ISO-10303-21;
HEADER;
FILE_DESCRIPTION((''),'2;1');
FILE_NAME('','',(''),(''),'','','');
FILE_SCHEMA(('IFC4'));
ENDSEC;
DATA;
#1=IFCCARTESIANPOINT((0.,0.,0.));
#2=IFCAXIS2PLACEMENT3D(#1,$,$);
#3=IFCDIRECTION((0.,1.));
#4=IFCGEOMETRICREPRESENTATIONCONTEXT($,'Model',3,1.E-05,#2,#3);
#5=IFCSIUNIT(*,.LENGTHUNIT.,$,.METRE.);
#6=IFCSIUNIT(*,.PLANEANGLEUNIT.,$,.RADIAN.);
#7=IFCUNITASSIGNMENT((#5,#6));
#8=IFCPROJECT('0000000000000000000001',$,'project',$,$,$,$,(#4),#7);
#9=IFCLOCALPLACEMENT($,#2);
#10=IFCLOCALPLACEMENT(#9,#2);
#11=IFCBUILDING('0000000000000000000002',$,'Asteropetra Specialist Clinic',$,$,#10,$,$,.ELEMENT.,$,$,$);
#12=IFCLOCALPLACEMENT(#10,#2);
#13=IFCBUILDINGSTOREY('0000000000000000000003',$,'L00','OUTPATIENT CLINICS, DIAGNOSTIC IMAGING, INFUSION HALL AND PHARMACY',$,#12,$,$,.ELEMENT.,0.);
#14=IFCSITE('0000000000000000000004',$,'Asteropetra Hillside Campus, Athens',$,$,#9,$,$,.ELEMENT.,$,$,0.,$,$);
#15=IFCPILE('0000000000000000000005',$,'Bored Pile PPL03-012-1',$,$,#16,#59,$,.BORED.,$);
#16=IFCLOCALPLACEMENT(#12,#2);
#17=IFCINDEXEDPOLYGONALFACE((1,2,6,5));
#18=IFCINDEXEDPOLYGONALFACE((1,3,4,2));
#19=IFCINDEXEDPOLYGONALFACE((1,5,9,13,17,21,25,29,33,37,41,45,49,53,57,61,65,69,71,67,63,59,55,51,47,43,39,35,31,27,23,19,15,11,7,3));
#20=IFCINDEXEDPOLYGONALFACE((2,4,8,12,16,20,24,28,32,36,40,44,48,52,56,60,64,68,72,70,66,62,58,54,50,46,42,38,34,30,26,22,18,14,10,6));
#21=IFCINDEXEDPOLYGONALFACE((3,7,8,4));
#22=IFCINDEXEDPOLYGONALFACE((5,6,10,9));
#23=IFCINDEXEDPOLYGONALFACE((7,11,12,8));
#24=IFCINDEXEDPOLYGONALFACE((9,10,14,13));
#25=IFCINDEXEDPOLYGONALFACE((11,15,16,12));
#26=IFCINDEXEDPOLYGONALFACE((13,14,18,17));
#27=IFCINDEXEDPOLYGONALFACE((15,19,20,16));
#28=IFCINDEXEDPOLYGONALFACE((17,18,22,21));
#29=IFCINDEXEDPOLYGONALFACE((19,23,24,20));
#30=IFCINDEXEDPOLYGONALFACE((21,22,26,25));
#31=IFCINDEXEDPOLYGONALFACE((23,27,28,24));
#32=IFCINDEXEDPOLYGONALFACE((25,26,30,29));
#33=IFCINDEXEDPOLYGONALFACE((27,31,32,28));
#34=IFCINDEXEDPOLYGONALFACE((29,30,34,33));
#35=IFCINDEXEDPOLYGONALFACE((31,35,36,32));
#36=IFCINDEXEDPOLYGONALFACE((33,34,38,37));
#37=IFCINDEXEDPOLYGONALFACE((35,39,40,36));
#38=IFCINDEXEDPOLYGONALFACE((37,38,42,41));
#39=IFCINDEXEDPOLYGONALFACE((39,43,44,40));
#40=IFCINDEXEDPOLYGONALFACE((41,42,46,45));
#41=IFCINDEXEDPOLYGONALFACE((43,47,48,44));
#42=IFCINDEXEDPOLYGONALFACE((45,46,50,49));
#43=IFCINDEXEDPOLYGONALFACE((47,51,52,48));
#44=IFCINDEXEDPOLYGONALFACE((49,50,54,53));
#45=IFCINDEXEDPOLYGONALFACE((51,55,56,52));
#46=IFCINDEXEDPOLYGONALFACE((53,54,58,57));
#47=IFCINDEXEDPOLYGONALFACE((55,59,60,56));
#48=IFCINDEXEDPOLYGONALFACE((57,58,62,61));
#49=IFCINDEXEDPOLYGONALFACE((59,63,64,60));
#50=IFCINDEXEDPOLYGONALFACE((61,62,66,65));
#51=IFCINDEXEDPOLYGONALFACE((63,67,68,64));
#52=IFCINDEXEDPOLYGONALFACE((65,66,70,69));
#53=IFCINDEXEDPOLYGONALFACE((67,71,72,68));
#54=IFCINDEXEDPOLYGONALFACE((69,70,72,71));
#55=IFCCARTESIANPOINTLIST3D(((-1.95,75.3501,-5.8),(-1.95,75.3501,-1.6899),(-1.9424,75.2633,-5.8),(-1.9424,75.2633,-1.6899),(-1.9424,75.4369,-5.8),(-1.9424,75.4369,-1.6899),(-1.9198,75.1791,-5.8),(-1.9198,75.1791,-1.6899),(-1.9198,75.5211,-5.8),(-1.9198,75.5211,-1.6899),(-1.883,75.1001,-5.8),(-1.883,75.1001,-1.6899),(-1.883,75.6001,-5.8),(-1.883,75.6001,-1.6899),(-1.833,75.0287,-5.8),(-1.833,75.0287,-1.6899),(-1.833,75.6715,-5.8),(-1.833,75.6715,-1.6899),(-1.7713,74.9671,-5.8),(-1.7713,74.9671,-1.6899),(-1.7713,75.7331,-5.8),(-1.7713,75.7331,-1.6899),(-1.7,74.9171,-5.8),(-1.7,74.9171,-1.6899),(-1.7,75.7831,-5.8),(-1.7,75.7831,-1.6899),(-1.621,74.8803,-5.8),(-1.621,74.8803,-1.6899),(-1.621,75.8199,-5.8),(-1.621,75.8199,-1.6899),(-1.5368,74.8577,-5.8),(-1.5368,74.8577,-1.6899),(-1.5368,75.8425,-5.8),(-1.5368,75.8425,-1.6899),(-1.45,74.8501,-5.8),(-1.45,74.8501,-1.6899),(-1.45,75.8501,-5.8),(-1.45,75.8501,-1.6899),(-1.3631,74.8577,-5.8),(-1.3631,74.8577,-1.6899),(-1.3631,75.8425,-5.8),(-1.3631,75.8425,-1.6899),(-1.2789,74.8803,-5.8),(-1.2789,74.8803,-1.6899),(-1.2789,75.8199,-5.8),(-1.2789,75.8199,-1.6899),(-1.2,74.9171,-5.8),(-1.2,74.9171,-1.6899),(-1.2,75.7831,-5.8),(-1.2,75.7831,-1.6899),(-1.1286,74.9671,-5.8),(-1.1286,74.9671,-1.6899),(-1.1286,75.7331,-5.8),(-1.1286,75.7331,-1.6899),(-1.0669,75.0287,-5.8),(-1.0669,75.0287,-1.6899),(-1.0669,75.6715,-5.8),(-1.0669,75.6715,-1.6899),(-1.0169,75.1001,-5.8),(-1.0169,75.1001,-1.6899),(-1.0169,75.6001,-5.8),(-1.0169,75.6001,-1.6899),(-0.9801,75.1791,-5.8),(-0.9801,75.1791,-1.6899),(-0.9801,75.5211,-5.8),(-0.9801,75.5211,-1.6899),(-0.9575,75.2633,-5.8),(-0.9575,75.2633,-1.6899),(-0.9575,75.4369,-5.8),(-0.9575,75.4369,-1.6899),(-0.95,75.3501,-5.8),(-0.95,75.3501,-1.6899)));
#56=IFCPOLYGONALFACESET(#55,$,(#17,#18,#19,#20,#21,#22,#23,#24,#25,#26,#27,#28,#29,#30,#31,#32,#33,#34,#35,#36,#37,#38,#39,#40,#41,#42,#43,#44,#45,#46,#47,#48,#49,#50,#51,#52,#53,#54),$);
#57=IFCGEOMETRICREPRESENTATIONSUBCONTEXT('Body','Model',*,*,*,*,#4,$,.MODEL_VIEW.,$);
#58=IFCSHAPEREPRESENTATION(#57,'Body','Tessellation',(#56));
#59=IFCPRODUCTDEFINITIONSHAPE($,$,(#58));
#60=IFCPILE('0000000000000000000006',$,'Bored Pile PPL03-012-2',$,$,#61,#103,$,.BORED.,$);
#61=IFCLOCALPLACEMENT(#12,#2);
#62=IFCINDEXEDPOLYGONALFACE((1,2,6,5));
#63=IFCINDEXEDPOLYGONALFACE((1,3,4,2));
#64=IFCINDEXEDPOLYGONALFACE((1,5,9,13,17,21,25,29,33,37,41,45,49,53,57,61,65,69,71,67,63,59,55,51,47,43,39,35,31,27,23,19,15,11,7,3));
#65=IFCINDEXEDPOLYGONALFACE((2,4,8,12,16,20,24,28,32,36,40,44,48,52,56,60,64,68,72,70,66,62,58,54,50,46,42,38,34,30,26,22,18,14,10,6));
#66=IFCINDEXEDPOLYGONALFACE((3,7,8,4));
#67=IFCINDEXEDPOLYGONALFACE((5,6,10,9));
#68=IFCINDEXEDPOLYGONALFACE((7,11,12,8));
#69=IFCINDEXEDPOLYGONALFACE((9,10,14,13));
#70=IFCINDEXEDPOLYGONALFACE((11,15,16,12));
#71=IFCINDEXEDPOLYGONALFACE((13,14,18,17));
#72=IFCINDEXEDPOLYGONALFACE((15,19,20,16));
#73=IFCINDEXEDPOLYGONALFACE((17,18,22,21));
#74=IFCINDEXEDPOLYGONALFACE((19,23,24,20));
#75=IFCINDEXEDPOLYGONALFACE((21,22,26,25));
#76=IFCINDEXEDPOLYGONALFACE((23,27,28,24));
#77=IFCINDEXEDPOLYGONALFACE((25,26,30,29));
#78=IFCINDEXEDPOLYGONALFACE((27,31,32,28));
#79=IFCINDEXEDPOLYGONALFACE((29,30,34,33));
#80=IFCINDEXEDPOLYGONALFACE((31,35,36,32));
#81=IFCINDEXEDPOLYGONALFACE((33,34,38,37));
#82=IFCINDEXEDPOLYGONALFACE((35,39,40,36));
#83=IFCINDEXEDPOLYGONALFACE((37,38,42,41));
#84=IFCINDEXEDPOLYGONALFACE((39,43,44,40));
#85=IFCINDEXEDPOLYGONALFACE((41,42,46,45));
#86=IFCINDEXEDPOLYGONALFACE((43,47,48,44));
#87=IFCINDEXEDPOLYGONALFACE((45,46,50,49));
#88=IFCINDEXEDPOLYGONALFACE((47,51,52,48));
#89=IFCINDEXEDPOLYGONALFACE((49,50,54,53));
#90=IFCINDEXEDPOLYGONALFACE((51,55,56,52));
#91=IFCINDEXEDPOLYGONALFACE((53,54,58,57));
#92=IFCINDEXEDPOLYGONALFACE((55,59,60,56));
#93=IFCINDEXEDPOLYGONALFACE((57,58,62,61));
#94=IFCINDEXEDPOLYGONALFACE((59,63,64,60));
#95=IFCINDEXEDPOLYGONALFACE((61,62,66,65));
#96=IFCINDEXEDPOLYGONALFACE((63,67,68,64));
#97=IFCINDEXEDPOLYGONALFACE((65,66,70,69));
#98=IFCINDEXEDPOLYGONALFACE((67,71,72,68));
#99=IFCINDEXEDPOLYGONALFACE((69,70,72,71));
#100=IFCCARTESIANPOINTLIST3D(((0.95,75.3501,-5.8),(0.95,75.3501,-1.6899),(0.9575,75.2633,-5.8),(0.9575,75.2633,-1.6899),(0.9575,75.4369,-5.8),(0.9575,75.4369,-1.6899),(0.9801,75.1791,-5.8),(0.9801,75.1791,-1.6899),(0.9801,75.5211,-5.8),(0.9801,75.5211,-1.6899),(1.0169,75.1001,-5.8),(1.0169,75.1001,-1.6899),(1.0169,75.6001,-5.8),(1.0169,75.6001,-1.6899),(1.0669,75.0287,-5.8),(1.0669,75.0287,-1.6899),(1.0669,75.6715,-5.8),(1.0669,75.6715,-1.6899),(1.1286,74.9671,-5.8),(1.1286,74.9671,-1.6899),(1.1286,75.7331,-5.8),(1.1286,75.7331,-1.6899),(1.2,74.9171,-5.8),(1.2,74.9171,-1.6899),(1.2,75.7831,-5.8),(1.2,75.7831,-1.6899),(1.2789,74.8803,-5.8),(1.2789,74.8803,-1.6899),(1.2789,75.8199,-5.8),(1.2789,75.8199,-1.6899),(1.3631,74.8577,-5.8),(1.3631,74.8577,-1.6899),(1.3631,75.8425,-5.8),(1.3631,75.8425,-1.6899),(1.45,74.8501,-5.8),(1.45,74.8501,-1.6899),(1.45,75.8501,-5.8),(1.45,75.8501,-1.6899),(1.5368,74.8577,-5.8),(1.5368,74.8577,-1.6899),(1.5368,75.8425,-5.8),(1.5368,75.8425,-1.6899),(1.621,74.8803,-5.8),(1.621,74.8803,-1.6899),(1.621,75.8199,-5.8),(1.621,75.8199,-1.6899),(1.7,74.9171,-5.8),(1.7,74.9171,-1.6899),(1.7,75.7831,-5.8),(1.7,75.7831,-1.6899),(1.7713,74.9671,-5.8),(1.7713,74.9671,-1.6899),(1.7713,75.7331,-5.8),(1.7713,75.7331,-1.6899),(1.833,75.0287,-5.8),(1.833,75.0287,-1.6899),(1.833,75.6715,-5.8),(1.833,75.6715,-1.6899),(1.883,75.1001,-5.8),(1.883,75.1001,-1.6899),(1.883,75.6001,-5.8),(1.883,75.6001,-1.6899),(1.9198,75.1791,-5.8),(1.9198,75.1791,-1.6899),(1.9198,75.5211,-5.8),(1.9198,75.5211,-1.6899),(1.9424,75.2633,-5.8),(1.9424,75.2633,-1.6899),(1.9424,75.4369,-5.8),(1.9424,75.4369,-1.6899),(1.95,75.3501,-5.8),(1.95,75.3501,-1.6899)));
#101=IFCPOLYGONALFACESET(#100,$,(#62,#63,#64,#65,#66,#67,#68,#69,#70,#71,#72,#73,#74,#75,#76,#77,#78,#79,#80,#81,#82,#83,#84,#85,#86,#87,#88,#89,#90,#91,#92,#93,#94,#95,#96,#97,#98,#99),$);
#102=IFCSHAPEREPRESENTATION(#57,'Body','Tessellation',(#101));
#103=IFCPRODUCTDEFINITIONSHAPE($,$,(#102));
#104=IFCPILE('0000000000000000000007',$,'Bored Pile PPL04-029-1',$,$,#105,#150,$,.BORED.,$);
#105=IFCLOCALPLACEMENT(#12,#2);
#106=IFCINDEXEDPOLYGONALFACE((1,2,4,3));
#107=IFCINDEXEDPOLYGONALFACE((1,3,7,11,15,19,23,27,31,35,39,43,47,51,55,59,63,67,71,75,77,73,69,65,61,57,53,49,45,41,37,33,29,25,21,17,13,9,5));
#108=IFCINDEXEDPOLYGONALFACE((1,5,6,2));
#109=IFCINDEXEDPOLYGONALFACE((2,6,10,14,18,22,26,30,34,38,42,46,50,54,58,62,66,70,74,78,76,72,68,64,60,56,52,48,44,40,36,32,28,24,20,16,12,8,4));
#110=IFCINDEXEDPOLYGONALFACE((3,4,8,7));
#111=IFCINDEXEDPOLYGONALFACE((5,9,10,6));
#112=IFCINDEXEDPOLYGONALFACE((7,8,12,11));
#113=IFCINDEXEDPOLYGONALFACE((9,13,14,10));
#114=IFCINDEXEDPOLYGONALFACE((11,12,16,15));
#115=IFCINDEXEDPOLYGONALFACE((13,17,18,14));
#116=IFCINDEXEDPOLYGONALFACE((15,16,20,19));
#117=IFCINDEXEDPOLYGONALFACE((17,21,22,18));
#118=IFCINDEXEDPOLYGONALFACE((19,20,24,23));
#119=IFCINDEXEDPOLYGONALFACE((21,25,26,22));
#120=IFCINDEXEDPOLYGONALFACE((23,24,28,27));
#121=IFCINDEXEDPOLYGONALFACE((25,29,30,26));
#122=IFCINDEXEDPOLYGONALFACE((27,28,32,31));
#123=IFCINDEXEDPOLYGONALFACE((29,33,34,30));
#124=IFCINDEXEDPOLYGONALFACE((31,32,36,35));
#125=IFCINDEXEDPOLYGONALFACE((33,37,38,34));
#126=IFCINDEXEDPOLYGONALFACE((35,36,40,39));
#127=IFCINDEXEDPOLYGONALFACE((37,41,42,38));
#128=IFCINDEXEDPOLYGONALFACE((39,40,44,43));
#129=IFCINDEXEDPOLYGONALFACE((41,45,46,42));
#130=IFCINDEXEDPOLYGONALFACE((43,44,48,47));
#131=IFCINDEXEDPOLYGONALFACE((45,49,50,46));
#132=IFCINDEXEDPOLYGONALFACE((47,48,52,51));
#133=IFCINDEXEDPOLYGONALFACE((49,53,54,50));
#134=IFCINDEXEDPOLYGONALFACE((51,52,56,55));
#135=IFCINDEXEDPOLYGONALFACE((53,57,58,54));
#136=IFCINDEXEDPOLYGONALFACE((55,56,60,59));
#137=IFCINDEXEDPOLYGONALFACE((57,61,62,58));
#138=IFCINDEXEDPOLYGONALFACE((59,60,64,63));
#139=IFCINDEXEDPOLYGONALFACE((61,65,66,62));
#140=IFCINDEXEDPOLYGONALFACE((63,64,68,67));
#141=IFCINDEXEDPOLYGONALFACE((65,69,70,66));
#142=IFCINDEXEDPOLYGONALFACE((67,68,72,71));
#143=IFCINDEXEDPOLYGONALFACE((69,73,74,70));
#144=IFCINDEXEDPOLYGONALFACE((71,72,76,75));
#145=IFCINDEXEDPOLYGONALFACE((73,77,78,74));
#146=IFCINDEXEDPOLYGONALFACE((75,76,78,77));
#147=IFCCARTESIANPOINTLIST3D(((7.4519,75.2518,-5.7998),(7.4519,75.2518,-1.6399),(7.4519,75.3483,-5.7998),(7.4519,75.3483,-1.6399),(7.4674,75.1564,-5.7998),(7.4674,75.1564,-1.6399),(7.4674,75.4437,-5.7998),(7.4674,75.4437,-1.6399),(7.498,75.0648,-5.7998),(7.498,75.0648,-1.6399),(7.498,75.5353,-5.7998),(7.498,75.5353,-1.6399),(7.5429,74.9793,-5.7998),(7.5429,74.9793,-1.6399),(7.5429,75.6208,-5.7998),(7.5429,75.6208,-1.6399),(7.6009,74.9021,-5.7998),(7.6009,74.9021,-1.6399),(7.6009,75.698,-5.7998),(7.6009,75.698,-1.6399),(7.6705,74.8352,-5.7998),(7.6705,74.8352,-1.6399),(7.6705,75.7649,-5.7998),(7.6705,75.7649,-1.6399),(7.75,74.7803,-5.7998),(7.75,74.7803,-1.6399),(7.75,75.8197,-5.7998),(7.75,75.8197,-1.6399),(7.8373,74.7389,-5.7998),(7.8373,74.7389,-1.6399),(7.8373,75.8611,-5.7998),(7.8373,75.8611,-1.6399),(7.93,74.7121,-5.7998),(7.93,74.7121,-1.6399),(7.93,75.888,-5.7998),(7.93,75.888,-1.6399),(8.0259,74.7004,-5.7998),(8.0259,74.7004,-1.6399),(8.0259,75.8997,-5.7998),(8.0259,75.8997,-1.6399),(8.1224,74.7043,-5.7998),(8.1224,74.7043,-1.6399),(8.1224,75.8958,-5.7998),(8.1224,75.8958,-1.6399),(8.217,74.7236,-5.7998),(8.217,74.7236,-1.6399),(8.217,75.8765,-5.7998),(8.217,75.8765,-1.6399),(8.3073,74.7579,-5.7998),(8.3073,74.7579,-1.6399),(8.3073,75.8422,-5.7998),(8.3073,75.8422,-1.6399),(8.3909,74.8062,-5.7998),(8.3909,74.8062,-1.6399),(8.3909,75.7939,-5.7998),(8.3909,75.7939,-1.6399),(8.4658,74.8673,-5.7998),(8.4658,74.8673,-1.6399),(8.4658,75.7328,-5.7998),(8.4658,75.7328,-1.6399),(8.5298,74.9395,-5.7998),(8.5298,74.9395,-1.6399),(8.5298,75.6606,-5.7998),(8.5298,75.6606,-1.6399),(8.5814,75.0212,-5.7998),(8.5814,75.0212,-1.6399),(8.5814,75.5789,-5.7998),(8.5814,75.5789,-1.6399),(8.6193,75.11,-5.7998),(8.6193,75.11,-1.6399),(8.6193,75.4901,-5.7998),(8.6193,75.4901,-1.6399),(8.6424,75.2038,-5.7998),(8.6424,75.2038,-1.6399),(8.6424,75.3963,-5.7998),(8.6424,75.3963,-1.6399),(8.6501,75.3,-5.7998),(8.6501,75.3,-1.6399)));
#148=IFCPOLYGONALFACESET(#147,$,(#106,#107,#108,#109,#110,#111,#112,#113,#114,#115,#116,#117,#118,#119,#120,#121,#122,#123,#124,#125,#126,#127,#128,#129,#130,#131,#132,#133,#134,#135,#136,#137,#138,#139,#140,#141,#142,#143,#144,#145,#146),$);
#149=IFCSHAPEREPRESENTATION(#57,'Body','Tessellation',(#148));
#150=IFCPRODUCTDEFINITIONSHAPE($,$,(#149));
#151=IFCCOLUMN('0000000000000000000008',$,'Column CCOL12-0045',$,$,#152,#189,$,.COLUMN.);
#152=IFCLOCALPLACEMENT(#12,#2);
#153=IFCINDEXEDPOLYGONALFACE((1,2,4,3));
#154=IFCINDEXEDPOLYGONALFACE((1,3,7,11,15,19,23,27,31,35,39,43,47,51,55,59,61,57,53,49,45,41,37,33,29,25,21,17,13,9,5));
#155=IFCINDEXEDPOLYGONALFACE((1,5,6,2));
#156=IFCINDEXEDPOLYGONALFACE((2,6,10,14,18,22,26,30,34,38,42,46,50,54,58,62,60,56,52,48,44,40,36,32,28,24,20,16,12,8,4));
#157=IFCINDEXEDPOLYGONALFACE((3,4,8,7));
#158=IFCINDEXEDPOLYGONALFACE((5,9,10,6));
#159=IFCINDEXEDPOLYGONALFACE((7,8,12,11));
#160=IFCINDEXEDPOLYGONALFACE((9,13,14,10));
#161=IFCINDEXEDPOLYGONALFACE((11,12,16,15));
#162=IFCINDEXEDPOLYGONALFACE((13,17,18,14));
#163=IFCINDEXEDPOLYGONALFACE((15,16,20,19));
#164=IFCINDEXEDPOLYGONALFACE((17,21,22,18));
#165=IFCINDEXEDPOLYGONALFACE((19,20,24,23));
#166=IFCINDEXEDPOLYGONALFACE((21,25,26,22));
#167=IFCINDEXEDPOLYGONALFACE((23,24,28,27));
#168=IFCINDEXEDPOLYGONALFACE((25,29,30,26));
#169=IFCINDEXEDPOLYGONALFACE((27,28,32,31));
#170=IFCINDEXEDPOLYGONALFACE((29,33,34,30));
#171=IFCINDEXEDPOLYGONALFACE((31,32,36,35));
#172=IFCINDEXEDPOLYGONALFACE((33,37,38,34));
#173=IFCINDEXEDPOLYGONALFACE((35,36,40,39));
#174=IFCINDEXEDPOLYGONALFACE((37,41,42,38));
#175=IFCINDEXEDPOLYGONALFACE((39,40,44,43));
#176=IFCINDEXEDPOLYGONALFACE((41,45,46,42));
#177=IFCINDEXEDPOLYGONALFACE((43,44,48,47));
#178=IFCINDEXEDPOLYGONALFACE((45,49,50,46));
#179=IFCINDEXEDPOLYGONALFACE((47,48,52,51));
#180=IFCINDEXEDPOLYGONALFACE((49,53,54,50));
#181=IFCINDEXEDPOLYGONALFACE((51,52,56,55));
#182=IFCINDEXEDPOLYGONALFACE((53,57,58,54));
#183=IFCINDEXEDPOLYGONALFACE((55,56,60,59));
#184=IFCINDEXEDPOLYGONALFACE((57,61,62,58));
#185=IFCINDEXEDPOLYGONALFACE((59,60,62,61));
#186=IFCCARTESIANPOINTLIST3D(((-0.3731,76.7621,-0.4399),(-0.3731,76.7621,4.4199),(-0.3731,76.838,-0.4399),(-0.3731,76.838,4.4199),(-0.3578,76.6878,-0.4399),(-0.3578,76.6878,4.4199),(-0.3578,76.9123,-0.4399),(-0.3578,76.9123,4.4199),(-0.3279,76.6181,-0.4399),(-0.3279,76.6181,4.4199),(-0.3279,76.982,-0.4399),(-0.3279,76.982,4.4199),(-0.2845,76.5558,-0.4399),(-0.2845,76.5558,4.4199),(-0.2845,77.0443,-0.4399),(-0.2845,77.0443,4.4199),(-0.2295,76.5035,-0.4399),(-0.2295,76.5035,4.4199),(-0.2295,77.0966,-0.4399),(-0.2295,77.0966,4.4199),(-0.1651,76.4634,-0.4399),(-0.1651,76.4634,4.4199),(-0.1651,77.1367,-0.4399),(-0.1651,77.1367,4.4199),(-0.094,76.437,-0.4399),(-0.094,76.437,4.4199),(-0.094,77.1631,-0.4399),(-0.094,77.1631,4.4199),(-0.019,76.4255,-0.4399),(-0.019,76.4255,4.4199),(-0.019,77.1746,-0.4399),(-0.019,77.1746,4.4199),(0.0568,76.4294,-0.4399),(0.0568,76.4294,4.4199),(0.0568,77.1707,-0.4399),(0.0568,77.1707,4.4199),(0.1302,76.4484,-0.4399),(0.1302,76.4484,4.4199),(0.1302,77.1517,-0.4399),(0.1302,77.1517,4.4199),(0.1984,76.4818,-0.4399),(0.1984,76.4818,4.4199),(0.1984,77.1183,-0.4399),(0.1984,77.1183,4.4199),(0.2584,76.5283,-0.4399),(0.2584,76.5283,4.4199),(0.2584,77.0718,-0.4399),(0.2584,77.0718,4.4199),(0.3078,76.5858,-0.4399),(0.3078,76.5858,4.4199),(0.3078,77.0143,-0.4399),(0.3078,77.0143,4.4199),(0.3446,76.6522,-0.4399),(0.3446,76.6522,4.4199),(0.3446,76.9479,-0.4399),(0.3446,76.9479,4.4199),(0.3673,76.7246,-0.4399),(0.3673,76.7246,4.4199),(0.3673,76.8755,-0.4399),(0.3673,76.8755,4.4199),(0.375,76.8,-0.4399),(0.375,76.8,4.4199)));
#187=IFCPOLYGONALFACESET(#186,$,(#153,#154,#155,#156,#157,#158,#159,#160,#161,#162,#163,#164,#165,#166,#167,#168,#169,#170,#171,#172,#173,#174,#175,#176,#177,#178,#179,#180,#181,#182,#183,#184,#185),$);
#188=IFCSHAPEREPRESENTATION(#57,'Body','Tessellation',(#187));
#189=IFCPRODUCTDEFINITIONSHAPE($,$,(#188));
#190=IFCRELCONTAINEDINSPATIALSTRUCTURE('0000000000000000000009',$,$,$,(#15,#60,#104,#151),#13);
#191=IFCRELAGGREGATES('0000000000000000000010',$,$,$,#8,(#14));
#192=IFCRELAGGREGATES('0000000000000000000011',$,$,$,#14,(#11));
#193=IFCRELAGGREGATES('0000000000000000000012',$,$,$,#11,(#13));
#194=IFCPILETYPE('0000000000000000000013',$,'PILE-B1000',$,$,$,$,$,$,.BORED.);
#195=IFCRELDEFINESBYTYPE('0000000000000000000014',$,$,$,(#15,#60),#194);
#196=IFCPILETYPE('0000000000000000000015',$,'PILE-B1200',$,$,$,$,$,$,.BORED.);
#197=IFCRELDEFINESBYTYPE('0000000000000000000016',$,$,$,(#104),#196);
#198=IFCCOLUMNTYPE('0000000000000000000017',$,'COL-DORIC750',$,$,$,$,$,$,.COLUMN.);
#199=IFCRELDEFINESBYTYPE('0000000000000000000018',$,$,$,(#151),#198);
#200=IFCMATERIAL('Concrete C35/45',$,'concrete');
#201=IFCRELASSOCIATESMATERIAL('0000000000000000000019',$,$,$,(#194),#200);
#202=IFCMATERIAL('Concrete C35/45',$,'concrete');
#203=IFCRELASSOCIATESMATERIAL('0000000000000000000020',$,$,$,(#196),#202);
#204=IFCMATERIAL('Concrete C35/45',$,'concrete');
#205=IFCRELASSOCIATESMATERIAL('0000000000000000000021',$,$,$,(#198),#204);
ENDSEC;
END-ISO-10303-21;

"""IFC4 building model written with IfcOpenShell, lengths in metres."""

from ifc_helpers import new_model, si_unit, direction, frame, origin, origin_2d, place, context, subcontext, project, spatial, circle, extrude, material, material_profile, profile_set, type_object, element, save


model = new_model("IFC4")

# Units and contexts
model_context = context("Model", 3, precision=1e-05, world=origin(), true_north=direction((0.0, 1.0)))
body_context = subcontext(model_context, "Body", "Model", "MODEL_VIEW")
ifc_project = project(units=[si_unit("LENGTHUNIT", "METRE"), si_unit("PLANEANGLEUNIT", "RADIAN")], contexts=[model_context])

# Site, building, storey
site_placement = place(None, origin())
site = spatial("IfcSite", under=ifc_project, at=site_placement, Name="Asteropetra Hillside Campus, Athens", CompositionType="ELEMENT", RefElevation=0.0)
building_placement = place(site_placement, origin())
building = spatial("IfcBuilding", under=site, at=building_placement, Name="Asteropetra Specialist Clinic", CompositionType="ELEMENT")
storey_placement = place(building_placement, origin())
storey = spatial("IfcBuildingStorey", under=building, at=storey_placement, Name="L00", Description="OUTPATIENT CLINICS, DIAGNOSTIC IMAGING, INFUSION HALL AND PHARMACY", CompositionType="ELEMENT", Elevation=0.0)

# Piles
ifc_material_1 = material(Name="Concrete C35/45", Category="concrete")
ifc_material_profile_1 = material_profile(ifc_material_1, circle(Radius=0.5, at=origin_2d()), Name="PILE D1000")
ifc_profile_set_1 = profile_set([ifc_material_profile_1], Name="Concrete C35/45")
pile_type_1 = type_object("IfcPileType", Name="PILE-B1000", PredefinedType="BORED", material=ifc_profile_set_1)
for number, where, z_axis, x_axis, name in (
    (1, (-1.45, 75.3501, -1.6899), (0.0, 0.0, -1.0), (1.0, 0.0, 0.0), "Bored Pile PPL03-012-1"),
    (2, (1.45, 75.3501, -1.6899), (0.0, 0.0, -1.0), (1.0, 0.0, 0.0), "Bored Pile PPL03-012-2"),
):
    element("IfcPile", number, at=place(storey_placement, frame(where, z_axis=z_axis, x_axis=x_axis)), inside=storey, type_object=pile_type_1, Name=name, PredefinedType="BORED", context=body_context, shape_type="SweptSolid", body=[
        extrude(circle(Radius=0.5, at=origin_2d()), origin(), (0.0, 0.0, 1.0), 4.1101),
    ])
ifc_material_2 = material(Name="Concrete C35/45", Category="concrete")
ifc_material_profile_2 = material_profile(ifc_material_2, circle(Radius=0.6001, at=origin_2d()), Name="PILE D1200")
ifc_profile_set_2 = profile_set([ifc_material_profile_2], Name="Concrete C35/45")
pile_type_2 = type_object("IfcPileType", Name="PILE-B1200", PredefinedType="BORED", material=ifc_profile_set_2)
pile_placement = place(storey_placement, frame((8.05, 75.3, -1.6399), z_axis=(0.0, 0.0, -1.0), x_axis=(1.0, 0.0, 0.0)))
element("IfcPile", 3, at=pile_placement, inside=storey, type_object=pile_type_2, Name="Bored Pile PPL04-029-1", PredefinedType="BORED", context=body_context, shape_type="SweptSolid", body=[
    extrude(circle(Radius=0.6001, at=origin_2d()), origin(), (0.0, 0.0, 1.0), 4.1599),
])

# Column
ifc_material_3 = material(Name="Concrete C35/45", Category="concrete")
ifc_material_profile_3 = material_profile(ifc_material_3, circle(Radius=0.375, at=origin_2d()), Name="RCC D750")
ifc_profile_set_3 = profile_set([ifc_material_profile_3], Name="Concrete C35/45")
column_type = type_object("IfcColumnType", Name="COL-DORIC750", PredefinedType="COLUMN", material=ifc_profile_set_3)
for number, where, z_axis, x_axis, name in (
    (4, (0.0, 76.8, -0.4399), (0.0, 0.0, 1.0), (1.0, 0.0, 0.0), "Column CCOL12-0045"),
):
    element("IfcColumn", number, at=place(storey_placement, frame(where, z_axis=z_axis, x_axis=x_axis)), inside=storey, type_object=column_type, Name=name, PredefinedType="COLUMN", context=body_context, shape_type="SweptSolid", body=[
        extrude(circle(Radius=0.375, at=origin_2d()), origin(), (0.0, 0.0, 1.0), 4.8599),
    ])

save(model, "model.ifc")
